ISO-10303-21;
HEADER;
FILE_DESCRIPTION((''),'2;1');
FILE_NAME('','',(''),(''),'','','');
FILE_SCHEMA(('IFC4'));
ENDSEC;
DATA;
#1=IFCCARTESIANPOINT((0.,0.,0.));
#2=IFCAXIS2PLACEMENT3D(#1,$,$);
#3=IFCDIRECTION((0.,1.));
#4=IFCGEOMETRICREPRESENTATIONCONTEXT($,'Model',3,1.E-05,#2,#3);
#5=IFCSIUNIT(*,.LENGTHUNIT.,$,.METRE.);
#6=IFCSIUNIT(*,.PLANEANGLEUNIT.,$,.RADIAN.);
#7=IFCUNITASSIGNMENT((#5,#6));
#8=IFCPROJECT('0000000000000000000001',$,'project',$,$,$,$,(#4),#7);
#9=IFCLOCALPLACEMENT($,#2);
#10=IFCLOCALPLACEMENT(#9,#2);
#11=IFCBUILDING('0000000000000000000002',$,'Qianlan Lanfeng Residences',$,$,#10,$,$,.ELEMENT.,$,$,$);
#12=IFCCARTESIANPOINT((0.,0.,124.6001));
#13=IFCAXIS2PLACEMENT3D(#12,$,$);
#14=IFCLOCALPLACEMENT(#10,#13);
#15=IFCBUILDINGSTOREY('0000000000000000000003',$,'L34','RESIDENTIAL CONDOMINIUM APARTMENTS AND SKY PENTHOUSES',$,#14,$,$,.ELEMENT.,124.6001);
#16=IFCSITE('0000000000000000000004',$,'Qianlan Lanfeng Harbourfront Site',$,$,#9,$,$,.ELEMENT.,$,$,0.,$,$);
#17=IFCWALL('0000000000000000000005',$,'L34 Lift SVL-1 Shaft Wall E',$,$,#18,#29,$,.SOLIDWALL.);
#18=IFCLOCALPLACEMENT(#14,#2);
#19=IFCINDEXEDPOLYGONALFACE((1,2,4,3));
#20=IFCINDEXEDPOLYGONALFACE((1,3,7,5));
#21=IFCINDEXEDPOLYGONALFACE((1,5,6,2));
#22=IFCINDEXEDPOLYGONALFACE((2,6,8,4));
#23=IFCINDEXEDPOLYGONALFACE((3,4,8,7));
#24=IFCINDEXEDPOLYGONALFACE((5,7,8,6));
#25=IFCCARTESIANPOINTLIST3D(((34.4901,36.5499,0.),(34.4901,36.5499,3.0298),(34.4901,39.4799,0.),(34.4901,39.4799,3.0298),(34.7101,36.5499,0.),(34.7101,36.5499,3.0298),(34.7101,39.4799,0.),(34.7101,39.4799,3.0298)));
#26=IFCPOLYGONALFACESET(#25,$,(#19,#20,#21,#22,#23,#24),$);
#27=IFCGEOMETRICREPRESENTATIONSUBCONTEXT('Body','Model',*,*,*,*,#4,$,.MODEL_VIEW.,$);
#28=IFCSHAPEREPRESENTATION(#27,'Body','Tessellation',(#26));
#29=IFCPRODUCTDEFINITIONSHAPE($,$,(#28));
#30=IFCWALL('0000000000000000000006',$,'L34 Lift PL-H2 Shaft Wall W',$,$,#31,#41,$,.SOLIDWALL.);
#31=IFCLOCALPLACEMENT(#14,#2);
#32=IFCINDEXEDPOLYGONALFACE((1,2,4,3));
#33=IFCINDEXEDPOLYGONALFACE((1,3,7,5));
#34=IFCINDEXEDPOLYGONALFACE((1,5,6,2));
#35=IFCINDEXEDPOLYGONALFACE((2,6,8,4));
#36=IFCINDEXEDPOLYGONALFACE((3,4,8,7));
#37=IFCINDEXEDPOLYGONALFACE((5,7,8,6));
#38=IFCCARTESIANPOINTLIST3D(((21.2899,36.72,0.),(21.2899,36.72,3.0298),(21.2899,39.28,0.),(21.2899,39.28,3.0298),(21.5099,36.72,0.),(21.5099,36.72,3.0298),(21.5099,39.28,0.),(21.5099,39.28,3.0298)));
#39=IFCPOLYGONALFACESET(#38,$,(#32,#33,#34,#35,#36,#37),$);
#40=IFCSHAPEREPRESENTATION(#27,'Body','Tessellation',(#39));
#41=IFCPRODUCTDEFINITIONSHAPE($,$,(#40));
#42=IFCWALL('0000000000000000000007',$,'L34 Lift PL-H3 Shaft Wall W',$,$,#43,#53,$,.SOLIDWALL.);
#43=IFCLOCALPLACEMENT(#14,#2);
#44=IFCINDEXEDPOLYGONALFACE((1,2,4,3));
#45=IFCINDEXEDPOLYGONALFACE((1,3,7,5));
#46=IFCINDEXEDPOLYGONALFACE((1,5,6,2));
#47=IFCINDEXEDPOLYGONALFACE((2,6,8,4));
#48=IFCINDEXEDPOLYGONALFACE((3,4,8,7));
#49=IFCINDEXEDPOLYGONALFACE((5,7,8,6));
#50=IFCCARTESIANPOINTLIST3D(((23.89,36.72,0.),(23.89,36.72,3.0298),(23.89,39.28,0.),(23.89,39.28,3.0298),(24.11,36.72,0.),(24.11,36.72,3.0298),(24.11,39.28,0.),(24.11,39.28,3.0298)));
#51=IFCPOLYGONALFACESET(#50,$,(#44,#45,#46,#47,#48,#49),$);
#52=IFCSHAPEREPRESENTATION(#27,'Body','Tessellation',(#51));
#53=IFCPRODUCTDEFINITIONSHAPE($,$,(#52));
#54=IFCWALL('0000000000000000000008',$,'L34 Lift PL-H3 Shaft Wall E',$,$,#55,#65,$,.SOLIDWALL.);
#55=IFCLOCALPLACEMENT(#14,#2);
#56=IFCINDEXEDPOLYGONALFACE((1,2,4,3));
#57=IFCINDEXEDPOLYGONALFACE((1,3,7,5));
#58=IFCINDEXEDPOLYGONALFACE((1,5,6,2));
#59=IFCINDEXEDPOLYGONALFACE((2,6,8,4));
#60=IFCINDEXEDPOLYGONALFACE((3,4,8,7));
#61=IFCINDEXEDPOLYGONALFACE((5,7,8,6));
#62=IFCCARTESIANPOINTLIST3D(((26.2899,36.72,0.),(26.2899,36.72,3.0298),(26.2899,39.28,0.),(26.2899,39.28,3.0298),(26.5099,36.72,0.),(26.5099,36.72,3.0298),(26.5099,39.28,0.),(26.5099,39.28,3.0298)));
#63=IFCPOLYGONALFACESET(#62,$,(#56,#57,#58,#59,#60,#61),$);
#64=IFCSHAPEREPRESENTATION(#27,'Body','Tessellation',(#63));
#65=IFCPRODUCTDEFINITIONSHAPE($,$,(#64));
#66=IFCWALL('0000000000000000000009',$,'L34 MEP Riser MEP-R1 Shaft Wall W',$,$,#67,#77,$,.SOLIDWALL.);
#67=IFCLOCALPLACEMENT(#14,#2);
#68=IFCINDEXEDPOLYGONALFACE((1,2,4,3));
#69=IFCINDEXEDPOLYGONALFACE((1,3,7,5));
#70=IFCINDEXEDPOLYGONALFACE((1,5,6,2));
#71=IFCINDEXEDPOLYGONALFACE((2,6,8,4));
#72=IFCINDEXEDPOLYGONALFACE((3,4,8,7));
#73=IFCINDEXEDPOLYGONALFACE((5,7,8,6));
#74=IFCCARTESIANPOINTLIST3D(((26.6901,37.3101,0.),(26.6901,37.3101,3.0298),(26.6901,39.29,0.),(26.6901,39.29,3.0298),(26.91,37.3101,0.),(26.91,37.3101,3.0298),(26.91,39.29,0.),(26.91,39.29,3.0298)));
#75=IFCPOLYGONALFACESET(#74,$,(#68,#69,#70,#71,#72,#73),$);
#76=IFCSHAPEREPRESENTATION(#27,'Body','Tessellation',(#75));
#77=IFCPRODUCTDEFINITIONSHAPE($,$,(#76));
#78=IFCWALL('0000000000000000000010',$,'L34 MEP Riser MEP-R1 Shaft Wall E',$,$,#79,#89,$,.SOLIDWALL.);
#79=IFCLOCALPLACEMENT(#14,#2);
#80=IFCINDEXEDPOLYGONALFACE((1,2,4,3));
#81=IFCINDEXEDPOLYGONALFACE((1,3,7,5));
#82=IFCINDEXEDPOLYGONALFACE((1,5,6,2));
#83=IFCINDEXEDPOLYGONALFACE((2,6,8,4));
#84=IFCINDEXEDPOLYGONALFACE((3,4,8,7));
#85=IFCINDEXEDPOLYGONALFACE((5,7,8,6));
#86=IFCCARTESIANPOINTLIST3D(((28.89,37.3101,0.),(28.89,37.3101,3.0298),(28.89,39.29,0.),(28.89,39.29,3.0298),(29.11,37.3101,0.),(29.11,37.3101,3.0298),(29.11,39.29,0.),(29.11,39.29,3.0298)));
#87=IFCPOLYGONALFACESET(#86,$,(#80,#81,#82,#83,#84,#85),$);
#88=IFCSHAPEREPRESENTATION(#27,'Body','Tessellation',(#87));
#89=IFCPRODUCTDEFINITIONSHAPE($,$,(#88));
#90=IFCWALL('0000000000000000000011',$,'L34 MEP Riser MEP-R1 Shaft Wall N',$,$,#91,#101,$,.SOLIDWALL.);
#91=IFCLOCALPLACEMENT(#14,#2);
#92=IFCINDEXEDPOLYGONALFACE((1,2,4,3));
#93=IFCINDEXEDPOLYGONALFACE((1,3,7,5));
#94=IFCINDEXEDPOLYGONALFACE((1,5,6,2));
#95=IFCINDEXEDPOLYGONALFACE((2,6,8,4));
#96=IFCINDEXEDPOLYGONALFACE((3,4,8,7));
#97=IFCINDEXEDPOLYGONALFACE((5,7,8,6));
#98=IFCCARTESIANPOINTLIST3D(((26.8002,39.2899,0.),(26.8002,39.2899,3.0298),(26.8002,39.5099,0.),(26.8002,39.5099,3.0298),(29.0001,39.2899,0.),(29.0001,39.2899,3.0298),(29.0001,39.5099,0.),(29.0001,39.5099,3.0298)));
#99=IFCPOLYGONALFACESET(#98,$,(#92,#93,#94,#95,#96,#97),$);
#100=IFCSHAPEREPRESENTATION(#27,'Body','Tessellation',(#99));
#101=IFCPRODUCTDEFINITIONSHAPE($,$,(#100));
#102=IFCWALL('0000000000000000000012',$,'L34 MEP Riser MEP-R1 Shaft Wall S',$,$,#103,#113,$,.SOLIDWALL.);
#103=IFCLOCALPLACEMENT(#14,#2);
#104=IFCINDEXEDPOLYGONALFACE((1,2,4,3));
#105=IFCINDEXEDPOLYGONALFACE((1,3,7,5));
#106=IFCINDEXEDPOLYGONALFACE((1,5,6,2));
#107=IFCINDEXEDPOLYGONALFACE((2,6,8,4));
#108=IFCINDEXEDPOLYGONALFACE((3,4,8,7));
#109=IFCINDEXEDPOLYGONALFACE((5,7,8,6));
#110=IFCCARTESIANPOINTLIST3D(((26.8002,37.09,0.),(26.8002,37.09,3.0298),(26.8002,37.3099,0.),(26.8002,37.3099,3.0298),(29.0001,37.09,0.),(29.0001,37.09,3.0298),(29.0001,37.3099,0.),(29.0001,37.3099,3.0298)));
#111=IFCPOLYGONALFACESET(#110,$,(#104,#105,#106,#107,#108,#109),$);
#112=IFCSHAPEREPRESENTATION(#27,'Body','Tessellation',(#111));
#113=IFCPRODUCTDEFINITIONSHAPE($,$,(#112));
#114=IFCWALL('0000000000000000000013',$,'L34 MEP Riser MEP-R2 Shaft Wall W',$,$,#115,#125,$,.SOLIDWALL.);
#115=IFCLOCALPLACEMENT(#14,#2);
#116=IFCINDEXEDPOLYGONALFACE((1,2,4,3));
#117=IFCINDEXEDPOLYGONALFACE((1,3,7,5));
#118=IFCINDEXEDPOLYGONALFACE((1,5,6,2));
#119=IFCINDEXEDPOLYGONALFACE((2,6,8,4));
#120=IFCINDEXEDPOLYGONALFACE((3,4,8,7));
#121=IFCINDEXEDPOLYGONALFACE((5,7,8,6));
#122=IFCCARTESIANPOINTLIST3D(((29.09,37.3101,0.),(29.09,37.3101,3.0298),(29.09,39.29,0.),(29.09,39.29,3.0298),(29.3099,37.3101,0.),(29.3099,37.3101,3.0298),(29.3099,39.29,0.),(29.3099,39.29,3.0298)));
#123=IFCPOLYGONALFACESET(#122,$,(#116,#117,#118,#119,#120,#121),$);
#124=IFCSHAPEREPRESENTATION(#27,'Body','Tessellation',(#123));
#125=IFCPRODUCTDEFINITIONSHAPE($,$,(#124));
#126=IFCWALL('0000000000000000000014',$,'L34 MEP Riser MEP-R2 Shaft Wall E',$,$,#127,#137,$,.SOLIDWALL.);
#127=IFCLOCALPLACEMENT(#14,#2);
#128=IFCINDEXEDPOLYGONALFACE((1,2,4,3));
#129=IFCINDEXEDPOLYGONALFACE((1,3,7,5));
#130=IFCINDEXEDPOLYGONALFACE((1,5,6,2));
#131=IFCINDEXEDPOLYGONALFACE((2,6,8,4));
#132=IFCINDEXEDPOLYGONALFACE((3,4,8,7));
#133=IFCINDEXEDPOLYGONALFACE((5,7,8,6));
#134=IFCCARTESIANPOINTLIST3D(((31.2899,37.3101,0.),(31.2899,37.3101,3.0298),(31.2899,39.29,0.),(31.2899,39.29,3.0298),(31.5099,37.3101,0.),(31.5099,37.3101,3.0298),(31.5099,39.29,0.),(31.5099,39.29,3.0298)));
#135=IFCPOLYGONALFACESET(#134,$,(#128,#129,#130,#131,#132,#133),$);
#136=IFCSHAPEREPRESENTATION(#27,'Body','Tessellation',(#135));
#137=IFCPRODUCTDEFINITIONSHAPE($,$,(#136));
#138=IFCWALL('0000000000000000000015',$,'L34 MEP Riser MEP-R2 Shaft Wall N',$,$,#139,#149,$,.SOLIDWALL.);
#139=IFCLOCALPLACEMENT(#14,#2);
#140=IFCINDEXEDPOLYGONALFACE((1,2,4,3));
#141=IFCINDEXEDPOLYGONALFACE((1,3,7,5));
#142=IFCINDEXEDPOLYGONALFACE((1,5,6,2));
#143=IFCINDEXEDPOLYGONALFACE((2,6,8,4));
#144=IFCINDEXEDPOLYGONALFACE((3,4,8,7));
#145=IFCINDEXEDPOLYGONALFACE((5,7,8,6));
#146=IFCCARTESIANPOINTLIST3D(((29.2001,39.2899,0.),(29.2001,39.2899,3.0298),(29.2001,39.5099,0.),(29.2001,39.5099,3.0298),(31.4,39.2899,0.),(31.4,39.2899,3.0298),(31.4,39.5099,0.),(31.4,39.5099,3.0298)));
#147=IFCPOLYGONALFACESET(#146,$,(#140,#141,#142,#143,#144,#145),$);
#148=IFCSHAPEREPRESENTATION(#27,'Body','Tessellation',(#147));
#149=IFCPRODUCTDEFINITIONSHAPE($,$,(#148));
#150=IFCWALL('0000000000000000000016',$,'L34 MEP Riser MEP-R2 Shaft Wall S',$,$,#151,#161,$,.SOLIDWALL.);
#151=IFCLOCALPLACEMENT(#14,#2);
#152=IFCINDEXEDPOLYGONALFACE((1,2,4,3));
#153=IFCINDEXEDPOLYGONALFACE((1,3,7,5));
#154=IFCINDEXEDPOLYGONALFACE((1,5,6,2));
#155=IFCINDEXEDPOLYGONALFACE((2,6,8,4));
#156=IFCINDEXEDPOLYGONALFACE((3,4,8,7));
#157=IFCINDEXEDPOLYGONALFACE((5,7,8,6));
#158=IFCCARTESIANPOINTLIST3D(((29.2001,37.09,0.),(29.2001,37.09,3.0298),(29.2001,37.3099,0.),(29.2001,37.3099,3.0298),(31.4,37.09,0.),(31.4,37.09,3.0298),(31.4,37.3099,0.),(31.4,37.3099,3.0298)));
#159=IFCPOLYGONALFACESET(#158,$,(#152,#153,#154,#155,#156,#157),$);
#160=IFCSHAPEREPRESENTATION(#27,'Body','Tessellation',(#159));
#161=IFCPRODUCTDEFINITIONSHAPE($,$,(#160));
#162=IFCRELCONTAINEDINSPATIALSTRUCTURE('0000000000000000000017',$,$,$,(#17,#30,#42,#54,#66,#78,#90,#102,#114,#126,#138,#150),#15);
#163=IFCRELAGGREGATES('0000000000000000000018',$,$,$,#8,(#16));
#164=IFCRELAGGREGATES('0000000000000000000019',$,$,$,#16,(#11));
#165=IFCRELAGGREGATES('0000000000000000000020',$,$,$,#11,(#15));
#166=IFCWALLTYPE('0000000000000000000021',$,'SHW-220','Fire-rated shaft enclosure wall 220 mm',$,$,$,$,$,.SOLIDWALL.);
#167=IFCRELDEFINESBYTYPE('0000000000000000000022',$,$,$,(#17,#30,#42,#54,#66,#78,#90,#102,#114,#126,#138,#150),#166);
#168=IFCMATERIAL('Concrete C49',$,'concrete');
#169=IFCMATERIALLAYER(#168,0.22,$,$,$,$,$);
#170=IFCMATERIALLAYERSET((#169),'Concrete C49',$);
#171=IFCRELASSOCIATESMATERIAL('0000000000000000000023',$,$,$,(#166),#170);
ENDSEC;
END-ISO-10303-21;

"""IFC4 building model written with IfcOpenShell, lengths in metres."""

from ifc_helpers import new_model, si_unit, direction, frame, frame_2d, origin, place, context, subcontext, project, spatial, rectangle, extrude, material, layer, layer_set, type_object, element, save


model = new_model("IFC4")

# Units and contexts
model_context = context("Model", 3, precision=1e-05, world=origin(), true_north=direction((0.0, 1.0)))
body_context = subcontext(model_context, "Body", "Model", "MODEL_VIEW")
ifc_project = project(units=[si_unit("LENGTHUNIT", "METRE"), si_unit("PLANEANGLEUNIT", "RADIAN")], contexts=[model_context])

# Site, building, storey
site_placement = place(None, origin())
site = spatial("IfcSite", under=ifc_project, at=site_placement, Name="Qianlan Lanfeng Harbourfront Site", CompositionType="ELEMENT", RefElevation=0.0)
building_placement = place(site_placement, origin())
building = spatial("IfcBuilding", under=site, at=building_placement, Name="Qianlan Lanfeng Residences", CompositionType="ELEMENT")
storey_placement = place(building_placement, frame((0.0, 0.0, 124.6001)))
storey = spatial("IfcBuildingStorey", under=building, at=storey_placement, Name="L34", Description="RESIDENTIAL CONDOMINIUM APARTMENTS AND SKY PENTHOUSES", CompositionType="ELEMENT", Elevation=124.6001)

# Walls
ifc_material_1 = material(Name="Concrete C49", Category="concrete")
ifc_layer_1 = layer(ifc_material_1, 0.22)
ifc_layer_set_1 = layer_set([ifc_layer_1], Name="Concrete C49")
wall_type_1 = type_object("IfcWallType", Name="SHW-220", Description="Fire-rated shaft enclosure wall 220 mm", PredefinedType="SOLIDWALL", material=ifc_layer_set_1)
for number, where, z_axis, x_axis, name in (
    (1, (34.6001, 36.55, 0.0), (0.0, 0.0, 1.0), (0.0, 1.0, 0.0), "L34 Lift SVL-1 Shaft Wall E"),
):
    element("IfcWall", number, at=place(storey_placement, frame(where, z_axis=z_axis, x_axis=x_axis)), inside=storey, type_object=wall_type_1, Name=name, PredefinedType="SOLIDWALL", context=body_context, shape_type="SweptSolid", body=[
        extrude(rectangle(XDim=2.9299, YDim=0.22, at=frame_2d((1.4648, 0.0))), origin(), (0.0, 0.0, 1.0), 3.0298),
    ])
for number, where, z_axis, x_axis, name in (
    (2, (21.3999, 36.72, 0.0), (0.0, 0.0, 1.0), (0.0, 1.0, 0.0), "L34 Lift PL-H2 Shaft Wall W"),
    (3, (24.0, 36.72, 0.0), (0.0, 0.0, 1.0), (0.0, 1.0, 0.0), "L34 Lift PL-H3 Shaft Wall W"),
    (4, (26.3999, 36.72, 0.0), (0.0, 0.0, 1.0), (0.0, 1.0, 0.0), "L34 Lift PL-H3 Shaft Wall E"),
):
    element("IfcWall", number, at=place(storey_placement, frame(where, z_axis=z_axis, x_axis=x_axis)), inside=storey, type_object=wall_type_1, Name=name, PredefinedType="SOLIDWALL", context=body_context, shape_type="SweptSolid", body=[
        extrude(rectangle(XDim=2.5601, YDim=0.22, at=frame_2d((1.28, 0.0))), origin(), (0.0, 0.0, 1.0), 3.0298),
    ])
for number, where, z_axis, x_axis, name in (
    (5, (26.8, 37.3101, 0.0), (0.0, 0.0, 1.0), (0.0, 1.0, 0.0), "L34 MEP Riser MEP-R1 Shaft Wall W"),
    (6, (29.0, 37.3101, 0.0), (0.0, 0.0, 1.0), (0.0, 1.0, 0.0), "L34 MEP Riser MEP-R1 Shaft Wall E"),
):
    element("IfcWall", number, at=place(storey_placement, frame(where, z_axis=z_axis, x_axis=x_axis)), inside=storey, type_object=wall_type_1, Name=name, PredefinedType="SOLIDWALL", context=body_context, shape_type="SweptSolid", body=[
        extrude(rectangle(XDim=1.98, YDim=0.22, at=frame_2d((0.99, 0.0))), origin(), (0.0, 0.0, 1.0), 3.0298),
    ])
for number, where, z_axis, x_axis, name in (
    (7, (26.8, 39.3999, 0.0), (0.0, 0.0, 1.0), (1.0, 0.0, 0.0), "L34 MEP Riser MEP-R1 Shaft Wall N"),
    (8, (26.8, 37.2, 0.0), (0.0, 0.0, 1.0), (1.0, 0.0, 0.0), "L34 MEP Riser MEP-R1 Shaft Wall S"),
):
    element("IfcWall", number, at=place(storey_placement, frame(where, z_axis=z_axis, x_axis=x_axis)), inside=storey, type_object=wall_type_1, Name=name, PredefinedType="SOLIDWALL", context=body_context, shape_type="SweptSolid", body=[
        extrude(rectangle(XDim=2.2, YDim=0.22, at=frame_2d((1.1001, 0.0))), origin(), (0.0, 0.0, 1.0), 3.0298),
    ])
for number, where, z_axis, x_axis, name in (
    (9, (29.2, 37.3101, 0.0), (0.0, 0.0, 1.0), (0.0, 1.0, 0.0), "L34 MEP Riser MEP-R2 Shaft Wall W"),
    (10, (31.3999, 37.3101, 0.0), (0.0, 0.0, 1.0), (0.0, 1.0, 0.0), "L34 MEP Riser MEP-R2 Shaft Wall E"),
):
    element("IfcWall", number, at=place(storey_placement, frame(where, z_axis=z_axis, x_axis=x_axis)), inside=storey, type_object=wall_type_1, Name=name, PredefinedType="SOLIDWALL", context=body_context, shape_type="SweptSolid", body=[
        extrude(rectangle(XDim=1.98, YDim=0.22, at=frame_2d((0.99, 0.0))), origin(), (0.0, 0.0, 1.0), 3.0298),
    ])
for number, where, z_axis, x_axis, name in (
    (11, (29.2, 39.3999, 0.0), (0.0, 0.0, 1.0), (1.0, 0.0, 0.0), "L34 MEP Riser MEP-R2 Shaft Wall N"),
    (12, (29.2, 37.2, 0.0), (0.0, 0.0, 1.0), (1.0, 0.0, 0.0), "L34 MEP Riser MEP-R2 Shaft Wall S"),
):
    element("IfcWall", number, at=place(storey_placement, frame(where, z_axis=z_axis, x_axis=x_axis)), inside=storey, type_object=wall_type_1, Name=name, PredefinedType="SOLIDWALL", context=body_context, shape_type="SweptSolid", body=[
        extrude(rectangle(XDim=2.2, YDim=0.22, at=frame_2d((1.1001, 0.0))), origin(), (0.0, 0.0, 1.0), 3.0298),
    ])

save(model, "model.ifc")
